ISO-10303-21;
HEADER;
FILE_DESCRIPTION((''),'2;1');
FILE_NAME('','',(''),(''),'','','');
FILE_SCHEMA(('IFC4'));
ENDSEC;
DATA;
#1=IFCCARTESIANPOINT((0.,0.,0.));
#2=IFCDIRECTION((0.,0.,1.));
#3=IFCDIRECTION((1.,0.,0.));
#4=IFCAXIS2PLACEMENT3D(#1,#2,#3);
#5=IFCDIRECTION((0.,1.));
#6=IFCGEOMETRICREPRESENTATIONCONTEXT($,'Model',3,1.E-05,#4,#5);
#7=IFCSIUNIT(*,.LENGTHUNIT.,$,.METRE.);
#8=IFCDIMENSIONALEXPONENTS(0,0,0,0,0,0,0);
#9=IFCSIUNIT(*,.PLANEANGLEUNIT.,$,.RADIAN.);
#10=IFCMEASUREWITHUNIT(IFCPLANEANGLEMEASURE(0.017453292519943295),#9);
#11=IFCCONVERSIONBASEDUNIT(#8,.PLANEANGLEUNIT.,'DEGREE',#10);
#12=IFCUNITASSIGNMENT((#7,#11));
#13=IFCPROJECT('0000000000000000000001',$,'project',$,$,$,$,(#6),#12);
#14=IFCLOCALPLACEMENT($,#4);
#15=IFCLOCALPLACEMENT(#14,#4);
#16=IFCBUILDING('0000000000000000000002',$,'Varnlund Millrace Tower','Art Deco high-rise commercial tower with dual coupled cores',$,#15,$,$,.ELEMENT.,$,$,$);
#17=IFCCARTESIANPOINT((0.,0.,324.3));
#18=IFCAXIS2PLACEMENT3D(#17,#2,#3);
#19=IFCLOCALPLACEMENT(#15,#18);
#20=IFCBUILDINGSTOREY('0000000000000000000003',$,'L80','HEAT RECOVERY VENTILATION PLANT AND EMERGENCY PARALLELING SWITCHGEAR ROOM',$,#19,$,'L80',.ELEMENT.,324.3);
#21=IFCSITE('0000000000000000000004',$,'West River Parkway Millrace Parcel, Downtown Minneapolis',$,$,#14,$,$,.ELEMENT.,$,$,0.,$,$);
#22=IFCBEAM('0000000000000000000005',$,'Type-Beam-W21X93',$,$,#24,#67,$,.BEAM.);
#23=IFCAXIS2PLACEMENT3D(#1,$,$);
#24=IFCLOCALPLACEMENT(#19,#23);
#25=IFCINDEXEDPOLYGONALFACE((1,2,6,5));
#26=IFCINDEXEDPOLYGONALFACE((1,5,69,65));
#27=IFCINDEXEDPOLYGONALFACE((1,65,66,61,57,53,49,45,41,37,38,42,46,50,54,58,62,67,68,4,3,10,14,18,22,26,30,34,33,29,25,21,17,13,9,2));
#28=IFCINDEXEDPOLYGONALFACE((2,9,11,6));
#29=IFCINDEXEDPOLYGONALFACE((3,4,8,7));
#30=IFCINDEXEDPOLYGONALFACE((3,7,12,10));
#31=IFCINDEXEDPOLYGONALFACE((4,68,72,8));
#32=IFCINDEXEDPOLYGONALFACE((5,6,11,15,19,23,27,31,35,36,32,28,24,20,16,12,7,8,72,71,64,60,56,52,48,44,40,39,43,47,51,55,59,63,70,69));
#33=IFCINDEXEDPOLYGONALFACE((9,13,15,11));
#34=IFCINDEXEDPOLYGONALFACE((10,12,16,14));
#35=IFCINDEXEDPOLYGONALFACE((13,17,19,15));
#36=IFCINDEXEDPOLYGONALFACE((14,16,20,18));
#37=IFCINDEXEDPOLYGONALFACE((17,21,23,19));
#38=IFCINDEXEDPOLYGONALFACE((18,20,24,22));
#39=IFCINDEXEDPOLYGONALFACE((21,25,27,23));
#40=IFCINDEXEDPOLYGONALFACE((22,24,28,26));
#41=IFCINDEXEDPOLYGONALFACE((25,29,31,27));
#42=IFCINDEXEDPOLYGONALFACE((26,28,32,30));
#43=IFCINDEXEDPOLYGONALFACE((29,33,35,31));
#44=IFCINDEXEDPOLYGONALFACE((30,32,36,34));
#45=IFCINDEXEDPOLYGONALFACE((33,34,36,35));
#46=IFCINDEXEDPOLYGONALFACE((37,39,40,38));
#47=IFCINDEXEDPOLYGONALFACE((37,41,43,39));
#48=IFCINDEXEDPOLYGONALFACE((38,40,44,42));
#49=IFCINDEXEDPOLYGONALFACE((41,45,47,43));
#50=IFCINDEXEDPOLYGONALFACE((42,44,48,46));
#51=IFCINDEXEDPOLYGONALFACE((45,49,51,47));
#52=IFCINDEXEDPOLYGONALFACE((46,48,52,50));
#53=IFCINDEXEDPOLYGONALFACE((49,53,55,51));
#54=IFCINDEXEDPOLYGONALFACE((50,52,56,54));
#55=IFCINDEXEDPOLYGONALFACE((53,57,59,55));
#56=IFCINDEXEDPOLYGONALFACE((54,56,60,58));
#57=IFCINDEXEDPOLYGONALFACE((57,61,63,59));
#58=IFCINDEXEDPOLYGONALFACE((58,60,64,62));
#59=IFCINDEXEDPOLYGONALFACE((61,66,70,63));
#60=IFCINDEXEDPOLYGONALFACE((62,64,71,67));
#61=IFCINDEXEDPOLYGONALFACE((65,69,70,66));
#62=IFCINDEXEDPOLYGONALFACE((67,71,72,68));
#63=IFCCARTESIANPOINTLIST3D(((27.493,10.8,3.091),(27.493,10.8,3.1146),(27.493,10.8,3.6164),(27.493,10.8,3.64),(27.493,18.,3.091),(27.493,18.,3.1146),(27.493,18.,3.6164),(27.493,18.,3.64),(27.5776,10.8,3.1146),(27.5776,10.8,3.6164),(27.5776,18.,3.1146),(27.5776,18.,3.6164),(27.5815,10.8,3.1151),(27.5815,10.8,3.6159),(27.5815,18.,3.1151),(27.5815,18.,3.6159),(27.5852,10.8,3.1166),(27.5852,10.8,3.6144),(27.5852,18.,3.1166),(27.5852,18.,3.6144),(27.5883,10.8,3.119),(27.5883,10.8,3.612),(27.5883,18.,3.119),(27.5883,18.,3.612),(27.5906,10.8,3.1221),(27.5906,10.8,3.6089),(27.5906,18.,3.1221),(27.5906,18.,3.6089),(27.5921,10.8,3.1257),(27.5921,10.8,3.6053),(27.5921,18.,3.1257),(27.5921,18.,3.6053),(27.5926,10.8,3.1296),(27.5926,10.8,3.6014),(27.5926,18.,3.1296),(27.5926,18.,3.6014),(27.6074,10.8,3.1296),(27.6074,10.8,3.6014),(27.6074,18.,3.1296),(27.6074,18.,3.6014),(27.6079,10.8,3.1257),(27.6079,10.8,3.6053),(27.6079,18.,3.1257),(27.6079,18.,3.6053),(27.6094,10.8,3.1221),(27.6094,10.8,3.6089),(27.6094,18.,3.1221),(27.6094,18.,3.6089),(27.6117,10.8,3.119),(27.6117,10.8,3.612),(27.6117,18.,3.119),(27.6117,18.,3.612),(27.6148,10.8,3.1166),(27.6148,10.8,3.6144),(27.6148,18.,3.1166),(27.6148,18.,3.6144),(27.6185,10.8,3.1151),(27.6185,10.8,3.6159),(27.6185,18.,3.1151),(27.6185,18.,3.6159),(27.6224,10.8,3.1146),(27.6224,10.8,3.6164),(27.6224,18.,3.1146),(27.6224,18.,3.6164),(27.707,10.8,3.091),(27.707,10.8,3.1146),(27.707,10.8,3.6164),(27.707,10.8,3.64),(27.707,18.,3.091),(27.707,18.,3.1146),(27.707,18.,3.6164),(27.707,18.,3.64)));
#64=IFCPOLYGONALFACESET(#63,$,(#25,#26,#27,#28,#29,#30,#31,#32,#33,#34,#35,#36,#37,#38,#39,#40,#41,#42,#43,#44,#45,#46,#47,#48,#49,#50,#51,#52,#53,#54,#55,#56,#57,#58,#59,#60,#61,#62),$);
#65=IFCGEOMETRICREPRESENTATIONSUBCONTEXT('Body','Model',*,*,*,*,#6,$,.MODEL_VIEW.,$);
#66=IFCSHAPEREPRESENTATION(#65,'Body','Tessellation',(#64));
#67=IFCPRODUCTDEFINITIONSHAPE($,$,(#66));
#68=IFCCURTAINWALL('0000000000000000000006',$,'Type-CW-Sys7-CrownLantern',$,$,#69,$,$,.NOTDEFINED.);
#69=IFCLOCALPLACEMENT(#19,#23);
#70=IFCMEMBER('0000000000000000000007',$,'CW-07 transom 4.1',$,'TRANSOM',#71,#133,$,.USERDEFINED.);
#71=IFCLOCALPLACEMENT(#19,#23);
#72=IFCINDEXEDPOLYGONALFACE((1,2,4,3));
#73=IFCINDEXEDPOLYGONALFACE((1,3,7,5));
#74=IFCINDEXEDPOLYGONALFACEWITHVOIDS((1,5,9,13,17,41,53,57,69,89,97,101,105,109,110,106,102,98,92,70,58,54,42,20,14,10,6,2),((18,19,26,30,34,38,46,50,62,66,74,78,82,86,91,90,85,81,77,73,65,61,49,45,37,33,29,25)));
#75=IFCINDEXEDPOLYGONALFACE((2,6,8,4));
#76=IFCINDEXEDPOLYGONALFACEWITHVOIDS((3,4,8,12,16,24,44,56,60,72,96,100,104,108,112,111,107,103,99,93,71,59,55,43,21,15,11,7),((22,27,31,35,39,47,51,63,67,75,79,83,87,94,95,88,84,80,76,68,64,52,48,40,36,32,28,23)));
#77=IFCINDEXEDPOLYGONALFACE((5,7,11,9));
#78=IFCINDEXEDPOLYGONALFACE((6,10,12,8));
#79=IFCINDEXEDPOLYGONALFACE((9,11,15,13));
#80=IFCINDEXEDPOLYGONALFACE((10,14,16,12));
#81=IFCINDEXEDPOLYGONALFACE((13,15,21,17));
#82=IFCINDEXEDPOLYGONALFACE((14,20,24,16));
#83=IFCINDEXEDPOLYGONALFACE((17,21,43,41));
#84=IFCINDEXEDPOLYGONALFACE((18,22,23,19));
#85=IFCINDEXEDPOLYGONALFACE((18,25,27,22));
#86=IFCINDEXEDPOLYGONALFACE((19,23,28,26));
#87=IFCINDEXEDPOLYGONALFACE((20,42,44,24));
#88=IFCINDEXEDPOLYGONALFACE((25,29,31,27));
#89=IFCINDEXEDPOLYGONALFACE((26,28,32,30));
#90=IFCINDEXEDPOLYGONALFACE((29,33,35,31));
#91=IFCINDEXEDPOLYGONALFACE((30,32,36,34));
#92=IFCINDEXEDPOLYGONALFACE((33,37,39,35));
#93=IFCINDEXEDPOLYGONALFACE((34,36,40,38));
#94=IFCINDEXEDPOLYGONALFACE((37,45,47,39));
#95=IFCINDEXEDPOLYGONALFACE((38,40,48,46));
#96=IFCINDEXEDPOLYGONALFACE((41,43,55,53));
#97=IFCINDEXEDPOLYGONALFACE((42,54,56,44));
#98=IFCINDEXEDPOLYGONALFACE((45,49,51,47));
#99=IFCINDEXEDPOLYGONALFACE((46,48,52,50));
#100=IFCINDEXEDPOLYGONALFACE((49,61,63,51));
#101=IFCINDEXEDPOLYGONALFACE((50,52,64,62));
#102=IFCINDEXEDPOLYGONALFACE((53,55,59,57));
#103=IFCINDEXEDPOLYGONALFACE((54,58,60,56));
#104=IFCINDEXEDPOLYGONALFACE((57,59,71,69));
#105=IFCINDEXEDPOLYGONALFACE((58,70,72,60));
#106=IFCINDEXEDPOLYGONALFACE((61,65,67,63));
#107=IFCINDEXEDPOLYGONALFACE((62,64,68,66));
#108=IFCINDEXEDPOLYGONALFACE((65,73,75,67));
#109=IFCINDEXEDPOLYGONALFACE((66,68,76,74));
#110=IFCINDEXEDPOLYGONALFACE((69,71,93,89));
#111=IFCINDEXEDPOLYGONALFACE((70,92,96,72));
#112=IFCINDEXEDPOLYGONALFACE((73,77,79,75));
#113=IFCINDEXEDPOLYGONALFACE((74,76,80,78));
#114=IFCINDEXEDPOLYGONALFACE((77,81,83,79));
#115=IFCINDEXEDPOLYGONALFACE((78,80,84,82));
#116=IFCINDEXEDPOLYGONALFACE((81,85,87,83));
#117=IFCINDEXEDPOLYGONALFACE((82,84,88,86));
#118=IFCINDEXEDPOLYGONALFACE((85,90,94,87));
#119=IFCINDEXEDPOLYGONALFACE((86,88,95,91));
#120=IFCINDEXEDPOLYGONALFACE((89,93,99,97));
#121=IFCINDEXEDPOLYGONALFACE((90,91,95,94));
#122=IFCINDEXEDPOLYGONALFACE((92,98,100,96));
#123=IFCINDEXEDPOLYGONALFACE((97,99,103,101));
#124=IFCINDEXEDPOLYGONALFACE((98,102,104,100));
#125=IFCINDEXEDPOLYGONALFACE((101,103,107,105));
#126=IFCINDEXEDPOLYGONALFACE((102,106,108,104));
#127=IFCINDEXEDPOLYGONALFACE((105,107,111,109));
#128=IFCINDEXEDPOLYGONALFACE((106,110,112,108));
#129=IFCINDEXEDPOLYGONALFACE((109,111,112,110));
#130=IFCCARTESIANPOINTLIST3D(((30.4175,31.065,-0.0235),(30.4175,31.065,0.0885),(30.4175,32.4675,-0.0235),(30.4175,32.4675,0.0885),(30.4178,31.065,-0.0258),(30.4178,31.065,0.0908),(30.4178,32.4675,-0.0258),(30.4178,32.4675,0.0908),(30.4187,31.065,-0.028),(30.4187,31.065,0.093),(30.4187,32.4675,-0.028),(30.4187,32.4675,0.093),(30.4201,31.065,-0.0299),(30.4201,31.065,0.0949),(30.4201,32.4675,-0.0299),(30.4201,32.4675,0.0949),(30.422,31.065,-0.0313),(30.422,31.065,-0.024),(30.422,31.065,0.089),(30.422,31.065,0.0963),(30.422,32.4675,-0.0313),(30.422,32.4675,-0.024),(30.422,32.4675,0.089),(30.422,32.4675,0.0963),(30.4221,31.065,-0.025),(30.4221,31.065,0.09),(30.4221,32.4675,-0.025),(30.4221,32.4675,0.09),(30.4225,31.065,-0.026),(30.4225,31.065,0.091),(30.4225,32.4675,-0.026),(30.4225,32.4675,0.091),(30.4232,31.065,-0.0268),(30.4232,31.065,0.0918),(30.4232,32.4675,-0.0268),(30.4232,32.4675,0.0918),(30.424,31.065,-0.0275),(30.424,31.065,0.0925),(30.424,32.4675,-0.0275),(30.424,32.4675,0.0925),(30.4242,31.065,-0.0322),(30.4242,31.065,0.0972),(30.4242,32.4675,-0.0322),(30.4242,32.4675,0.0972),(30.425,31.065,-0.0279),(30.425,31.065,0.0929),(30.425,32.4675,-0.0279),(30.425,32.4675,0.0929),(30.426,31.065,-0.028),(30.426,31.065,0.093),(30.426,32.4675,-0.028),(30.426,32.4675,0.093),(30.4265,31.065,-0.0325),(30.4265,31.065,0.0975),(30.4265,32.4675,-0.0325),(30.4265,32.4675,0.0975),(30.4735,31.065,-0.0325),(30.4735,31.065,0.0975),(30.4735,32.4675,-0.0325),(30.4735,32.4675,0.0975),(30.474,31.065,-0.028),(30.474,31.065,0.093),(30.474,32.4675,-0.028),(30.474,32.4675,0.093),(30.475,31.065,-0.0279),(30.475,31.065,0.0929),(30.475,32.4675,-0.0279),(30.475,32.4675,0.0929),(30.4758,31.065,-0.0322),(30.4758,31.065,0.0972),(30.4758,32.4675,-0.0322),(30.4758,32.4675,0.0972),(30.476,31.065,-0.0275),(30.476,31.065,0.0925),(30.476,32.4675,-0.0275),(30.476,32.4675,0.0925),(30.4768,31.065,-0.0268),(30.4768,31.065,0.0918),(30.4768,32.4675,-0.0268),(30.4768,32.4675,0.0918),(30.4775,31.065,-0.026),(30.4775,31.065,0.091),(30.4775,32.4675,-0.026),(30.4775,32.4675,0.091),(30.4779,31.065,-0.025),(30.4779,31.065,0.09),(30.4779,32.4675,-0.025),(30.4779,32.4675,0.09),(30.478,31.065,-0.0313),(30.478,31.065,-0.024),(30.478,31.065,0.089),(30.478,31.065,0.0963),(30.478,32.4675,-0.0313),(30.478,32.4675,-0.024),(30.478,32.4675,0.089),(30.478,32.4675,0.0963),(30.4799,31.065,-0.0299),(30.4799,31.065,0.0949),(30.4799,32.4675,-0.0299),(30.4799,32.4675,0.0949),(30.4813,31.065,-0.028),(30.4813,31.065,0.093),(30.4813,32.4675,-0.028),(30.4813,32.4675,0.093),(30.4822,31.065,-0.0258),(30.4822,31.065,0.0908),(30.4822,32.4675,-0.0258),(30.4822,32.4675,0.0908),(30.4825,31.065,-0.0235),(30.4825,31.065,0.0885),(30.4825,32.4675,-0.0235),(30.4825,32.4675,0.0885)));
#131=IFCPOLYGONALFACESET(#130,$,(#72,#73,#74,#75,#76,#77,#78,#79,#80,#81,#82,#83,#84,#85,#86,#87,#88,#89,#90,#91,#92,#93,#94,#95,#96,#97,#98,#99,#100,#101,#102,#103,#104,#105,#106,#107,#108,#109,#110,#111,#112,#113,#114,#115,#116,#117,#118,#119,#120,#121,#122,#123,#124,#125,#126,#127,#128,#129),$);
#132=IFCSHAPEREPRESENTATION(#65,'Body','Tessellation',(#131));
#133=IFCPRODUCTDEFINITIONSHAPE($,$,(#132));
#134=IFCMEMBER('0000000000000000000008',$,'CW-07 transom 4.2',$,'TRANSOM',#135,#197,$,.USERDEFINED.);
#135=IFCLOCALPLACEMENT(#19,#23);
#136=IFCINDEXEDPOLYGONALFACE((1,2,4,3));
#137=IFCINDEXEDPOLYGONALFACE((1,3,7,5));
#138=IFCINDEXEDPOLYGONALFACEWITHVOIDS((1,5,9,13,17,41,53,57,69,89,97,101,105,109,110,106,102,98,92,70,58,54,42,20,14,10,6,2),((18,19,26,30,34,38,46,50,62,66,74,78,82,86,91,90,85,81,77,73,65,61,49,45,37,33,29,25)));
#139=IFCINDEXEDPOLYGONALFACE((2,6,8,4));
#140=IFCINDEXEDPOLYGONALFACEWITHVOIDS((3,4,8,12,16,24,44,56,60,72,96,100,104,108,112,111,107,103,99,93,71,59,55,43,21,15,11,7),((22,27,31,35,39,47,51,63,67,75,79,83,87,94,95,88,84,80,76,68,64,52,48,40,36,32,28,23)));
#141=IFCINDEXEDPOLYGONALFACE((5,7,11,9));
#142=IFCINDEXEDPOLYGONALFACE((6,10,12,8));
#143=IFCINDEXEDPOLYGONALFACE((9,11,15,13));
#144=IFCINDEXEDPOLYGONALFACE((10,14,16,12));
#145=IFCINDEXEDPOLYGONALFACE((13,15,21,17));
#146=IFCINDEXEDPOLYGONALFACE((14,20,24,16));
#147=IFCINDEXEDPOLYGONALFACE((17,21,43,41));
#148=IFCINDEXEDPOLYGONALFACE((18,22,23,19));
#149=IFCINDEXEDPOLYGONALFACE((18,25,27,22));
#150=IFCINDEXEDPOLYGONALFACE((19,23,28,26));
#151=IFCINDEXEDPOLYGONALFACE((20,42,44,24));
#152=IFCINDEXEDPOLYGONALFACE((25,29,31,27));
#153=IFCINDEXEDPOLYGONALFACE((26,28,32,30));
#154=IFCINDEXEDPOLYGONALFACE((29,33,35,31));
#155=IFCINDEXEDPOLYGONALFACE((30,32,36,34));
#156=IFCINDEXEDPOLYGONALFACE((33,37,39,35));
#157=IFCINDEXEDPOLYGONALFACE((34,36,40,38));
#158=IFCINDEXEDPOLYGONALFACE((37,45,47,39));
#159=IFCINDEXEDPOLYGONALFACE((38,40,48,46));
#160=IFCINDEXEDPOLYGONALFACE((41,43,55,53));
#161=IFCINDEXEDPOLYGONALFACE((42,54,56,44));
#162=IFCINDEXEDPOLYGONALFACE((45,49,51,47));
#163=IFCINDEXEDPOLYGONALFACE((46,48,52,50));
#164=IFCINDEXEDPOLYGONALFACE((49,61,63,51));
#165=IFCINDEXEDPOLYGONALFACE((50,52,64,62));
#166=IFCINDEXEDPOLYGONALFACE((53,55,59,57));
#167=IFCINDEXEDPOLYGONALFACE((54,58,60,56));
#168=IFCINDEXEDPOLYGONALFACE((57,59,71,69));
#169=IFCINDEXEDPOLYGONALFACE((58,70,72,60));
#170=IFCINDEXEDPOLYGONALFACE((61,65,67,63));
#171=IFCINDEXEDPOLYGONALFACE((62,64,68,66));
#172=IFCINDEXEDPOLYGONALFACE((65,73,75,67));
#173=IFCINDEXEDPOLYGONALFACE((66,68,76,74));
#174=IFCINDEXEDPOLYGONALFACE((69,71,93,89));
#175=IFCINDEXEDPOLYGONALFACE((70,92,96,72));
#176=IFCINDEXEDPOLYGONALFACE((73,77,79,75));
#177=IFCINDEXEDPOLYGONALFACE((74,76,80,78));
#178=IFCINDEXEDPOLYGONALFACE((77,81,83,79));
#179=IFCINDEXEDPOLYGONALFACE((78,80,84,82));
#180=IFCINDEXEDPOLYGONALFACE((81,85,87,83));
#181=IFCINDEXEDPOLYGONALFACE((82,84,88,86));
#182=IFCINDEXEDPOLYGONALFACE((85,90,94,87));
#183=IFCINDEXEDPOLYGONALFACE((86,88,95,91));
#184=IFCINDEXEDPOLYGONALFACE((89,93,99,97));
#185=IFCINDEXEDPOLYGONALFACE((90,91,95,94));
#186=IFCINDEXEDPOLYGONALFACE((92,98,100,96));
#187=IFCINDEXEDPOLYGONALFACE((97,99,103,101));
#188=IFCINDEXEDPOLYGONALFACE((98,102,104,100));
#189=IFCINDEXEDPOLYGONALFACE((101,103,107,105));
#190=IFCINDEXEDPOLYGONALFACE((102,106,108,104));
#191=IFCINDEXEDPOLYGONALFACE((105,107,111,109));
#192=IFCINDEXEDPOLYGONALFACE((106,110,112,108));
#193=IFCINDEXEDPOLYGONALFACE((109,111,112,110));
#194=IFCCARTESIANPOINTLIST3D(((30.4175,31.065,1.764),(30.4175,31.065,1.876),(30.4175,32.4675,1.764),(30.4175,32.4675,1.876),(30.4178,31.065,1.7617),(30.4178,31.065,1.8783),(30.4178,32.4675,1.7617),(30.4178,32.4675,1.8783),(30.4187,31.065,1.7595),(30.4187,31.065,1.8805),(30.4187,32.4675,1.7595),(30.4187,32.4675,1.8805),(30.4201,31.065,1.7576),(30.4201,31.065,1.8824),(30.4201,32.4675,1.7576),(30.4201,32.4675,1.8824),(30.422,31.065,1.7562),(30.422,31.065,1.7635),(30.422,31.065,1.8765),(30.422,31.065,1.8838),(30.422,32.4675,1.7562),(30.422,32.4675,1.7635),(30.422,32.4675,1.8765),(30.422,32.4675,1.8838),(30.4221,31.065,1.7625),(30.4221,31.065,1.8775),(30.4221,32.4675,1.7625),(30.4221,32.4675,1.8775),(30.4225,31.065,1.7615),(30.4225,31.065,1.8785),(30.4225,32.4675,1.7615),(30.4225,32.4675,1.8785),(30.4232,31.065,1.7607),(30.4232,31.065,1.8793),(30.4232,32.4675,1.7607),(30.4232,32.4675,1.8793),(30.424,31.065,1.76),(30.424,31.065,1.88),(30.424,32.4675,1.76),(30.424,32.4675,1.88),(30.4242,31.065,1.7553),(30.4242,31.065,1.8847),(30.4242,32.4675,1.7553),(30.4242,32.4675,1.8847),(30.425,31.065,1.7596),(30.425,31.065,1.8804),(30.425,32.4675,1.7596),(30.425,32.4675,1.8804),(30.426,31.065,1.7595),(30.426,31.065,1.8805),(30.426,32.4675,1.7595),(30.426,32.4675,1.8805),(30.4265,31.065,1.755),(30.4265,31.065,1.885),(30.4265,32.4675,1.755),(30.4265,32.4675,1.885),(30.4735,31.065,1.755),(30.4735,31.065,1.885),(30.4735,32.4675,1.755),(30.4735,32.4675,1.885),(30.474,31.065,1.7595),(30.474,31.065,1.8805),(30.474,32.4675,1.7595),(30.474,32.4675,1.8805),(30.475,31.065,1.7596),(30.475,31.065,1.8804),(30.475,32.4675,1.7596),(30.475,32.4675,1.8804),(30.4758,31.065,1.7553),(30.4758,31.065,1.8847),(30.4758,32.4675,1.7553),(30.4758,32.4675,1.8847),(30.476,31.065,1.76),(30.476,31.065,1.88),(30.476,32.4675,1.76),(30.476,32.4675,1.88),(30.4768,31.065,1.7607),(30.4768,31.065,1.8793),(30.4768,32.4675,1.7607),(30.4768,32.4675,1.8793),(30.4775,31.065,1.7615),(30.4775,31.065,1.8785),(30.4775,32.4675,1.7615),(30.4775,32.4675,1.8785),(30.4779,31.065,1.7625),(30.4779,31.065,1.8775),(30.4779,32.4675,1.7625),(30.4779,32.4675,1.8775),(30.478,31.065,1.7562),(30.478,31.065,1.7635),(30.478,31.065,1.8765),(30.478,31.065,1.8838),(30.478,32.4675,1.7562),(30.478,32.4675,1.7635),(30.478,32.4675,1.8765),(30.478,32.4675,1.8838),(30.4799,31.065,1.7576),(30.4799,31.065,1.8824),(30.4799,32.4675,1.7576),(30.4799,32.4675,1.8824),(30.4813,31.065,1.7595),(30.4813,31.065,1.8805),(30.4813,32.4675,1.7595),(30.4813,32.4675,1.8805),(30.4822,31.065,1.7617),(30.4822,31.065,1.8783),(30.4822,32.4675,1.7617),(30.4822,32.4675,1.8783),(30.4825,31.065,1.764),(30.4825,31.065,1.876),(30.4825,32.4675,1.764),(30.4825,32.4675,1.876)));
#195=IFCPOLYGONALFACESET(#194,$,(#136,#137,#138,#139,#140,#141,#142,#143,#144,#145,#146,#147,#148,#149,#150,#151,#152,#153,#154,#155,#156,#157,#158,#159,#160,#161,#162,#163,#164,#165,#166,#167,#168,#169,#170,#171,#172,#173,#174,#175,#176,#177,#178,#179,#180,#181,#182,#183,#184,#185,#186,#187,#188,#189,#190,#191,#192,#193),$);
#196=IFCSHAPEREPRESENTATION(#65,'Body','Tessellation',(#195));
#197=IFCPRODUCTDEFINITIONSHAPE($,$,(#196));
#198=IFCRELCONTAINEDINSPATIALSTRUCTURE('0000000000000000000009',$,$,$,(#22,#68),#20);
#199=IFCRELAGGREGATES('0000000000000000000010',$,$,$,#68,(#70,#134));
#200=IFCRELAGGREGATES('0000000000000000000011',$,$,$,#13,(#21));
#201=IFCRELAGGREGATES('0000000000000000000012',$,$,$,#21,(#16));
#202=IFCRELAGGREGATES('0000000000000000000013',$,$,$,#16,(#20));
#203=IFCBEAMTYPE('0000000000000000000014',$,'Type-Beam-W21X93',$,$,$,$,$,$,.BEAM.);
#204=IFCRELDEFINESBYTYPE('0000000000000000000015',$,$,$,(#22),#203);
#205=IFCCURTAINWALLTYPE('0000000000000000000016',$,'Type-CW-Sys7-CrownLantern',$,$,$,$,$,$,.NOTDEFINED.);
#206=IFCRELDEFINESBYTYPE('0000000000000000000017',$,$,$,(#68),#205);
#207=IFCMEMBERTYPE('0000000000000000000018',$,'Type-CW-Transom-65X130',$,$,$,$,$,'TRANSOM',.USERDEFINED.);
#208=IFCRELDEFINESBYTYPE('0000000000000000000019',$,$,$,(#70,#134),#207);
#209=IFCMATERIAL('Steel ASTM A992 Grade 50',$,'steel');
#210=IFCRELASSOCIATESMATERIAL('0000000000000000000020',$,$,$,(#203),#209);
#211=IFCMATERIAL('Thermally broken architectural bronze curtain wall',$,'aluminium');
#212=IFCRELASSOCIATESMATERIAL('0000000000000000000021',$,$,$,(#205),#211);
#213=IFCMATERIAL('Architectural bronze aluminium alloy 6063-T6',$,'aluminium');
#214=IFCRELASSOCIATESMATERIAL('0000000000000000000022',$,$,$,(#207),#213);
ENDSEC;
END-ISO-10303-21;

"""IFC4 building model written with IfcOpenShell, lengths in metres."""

from ifc_helpers import new_model, entity, si_unit, converted_unit, direction, frame, origin_with_axes, origin_2d_with_axis, place, context, subcontext, project, spatial, hollow_rectangle, i_section, extrude, material, material_profile, profile_set, type_object, element, aggregate, save


model = new_model("IFC4")

# Units and contexts
model_context = context("Model", 3, precision=1e-05, world=origin_with_axes(), true_north=direction((0.0, 1.0)))
body_context = subcontext(model_context, "Body", "Model", "MODEL_VIEW")
ifc_project = project(units=[si_unit("LENGTHUNIT", "METRE"), converted_unit("PLANEANGLEUNIT", "DEGREE", entity("IfcPlaneAngleMeasure", 0.017453292519943295), si_unit("PLANEANGLEUNIT", "RADIAN"), dimensions=[0, 0, 0, 0, 0, 0, 0])], contexts=[model_context])

# Site, building, storey
site_placement = place(None, origin_with_axes())
site = spatial("IfcSite", under=ifc_project, at=site_placement, Name="West River Parkway Millrace Parcel, Downtown Minneapolis", CompositionType="ELEMENT", RefElevation=0.0)
building_placement = place(site_placement, origin_with_axes())
building = spatial("IfcBuilding", under=site, at=building_placement, Name="Varnlund Millrace Tower", Description="Art Deco high-rise commercial tower with dual coupled cores", CompositionType="ELEMENT")
storey_placement = place(building_placement, frame((0.0, 0.0, 324.3), z_axis=(0.0, 0.0, 1.0), x_axis=(1.0, 0.0, 0.0)))
storey = spatial("IfcBuildingStorey", under=building, at=storey_placement, Name="L80", Description="HEAT RECOVERY VENTILATION PLANT AND EMERGENCY PARALLELING SWITCHGEAR ROOM", LongName="L80", CompositionType="ELEMENT", Elevation=324.3)

# Beam
ifc_material_1 = material(Name="Steel ASTM A992 Grade 50", Category="steel")
ifc_material_profile_1 = material_profile(ifc_material_1, i_section(OverallWidth=0.214, OverallDepth=0.549, WebThickness=0.0147, FlangeThickness=0.0236, FilletRadius=0.015, at=origin_2d_with_axis()), Name="Steel ASTM A992 Grade 50")
ifc_profile_set_1 = profile_set([ifc_material_profile_1], Name="Steel ASTM A992 Grade 50")
beam_type_1 = type_object("IfcBeamType", Name="Type-Beam-W21X93", PredefinedType="BEAM", material=ifc_profile_set_1)
beam_1_placement = place(storey_placement, frame((27.6, 10.8, 3.3655), z_axis=(0.0, 1.0, 0.0), x_axis=(-1.0, 0.0, 0.0)))
element("IfcBeam", 1, at=beam_1_placement, inside=storey, type_object=beam_type_1, Name="Type-Beam-W21X93", PredefinedType="BEAM", context=body_context, shape_type="SweptSolid", body=[
    extrude(i_section(OverallWidth=0.214, OverallDepth=0.549, WebThickness=0.0147, FlangeThickness=0.0236, FilletRadius=0.015, at=origin_2d_with_axis()), origin_with_axes(), (0.0, 0.0, 1.0), 7.2),
])

# Curtain wall, members
ifc_material_2 = material(Name="Thermally broken architectural bronze curtain wall", Category="aluminium")
curtain_wall_type = type_object("IfcCurtainWallType", Name="Type-CW-Sys7-CrownLantern", PredefinedType="NOTDEFINED", material=ifc_material_2)
curtain_wall_placement = place(storey_placement, frame((30.45, 37.0, 0.0), z_axis=(0.0, 0.0, 1.0), x_axis=(1.0, 0.0, 0.0)))
curtain_wall = element("IfcCurtainWall", 2, at=curtain_wall_placement, inside=storey, type_object=curtain_wall_type, Name="Type-CW-Sys7-CrownLantern", PredefinedType="NOTDEFINED")
ifc_material_3 = material(Name="Architectural bronze aluminium alloy 6063-T6", Category="aluminium")
ifc_material_profile_2 = material_profile(ifc_material_3, hollow_rectangle(XDim=0.065, YDim=0.13, WallThickness=0.0045, InnerFilletRadius=0.004, OuterFilletRadius=0.009, at=origin_2d_with_axis()), Name="Architectural bronze aluminium alloy 6063-T6")
ifc_profile_set_2 = profile_set([ifc_material_profile_2], Name="Architectural bronze aluminium alloy 6063-T6")
member_type = type_object("IfcMemberType", Name="Type-CW-Transom-65X130", ElementType="TRANSOM", PredefinedType="USERDEFINED", material=ifc_profile_set_2)
member_1_placement = place(storey_placement, frame((30.45, 32.4675, 0.0325), z_axis=(0.0, -1.0, 0.0), x_axis=(1.0, 0.0, 0.0)))
member_1 = element("IfcMember", 3, at=member_1_placement, type_object=member_type, Name="CW-07 transom 4.1", ObjectType="TRANSOM", PredefinedType="USERDEFINED", context=body_context, shape_type="SweptSolid", body=[
    extrude(hollow_rectangle(XDim=0.065, YDim=0.13, WallThickness=0.0045, InnerFilletRadius=0.004, OuterFilletRadius=0.009, at=origin_2d_with_axis()), origin_with_axes(), (0.0, 0.0, 1.0), 1.4025),
])
member_2_placement = place(storey_placement, frame((30.45, 32.4675, 1.82), z_axis=(0.0, -1.0, 0.0), x_axis=(1.0, 0.0, 0.0)))
member_2 = element("IfcMember", 4, at=member_2_placement, type_object=member_type, Name="CW-07 transom 4.2", ObjectType="TRANSOM", PredefinedType="USERDEFINED", context=body_context, shape_type="SweptSolid", body=[
    extrude(hollow_rectangle(XDim=0.065, YDim=0.13, WallThickness=0.0045, InnerFilletRadius=0.004, OuterFilletRadius=0.009, at=origin_2d_with_axis()), origin_with_axes(), (0.0, 0.0, 1.0), 1.4025),
])

aggregate(curtain_wall, [member_1, member_2])

save(model, "model.ifc")
